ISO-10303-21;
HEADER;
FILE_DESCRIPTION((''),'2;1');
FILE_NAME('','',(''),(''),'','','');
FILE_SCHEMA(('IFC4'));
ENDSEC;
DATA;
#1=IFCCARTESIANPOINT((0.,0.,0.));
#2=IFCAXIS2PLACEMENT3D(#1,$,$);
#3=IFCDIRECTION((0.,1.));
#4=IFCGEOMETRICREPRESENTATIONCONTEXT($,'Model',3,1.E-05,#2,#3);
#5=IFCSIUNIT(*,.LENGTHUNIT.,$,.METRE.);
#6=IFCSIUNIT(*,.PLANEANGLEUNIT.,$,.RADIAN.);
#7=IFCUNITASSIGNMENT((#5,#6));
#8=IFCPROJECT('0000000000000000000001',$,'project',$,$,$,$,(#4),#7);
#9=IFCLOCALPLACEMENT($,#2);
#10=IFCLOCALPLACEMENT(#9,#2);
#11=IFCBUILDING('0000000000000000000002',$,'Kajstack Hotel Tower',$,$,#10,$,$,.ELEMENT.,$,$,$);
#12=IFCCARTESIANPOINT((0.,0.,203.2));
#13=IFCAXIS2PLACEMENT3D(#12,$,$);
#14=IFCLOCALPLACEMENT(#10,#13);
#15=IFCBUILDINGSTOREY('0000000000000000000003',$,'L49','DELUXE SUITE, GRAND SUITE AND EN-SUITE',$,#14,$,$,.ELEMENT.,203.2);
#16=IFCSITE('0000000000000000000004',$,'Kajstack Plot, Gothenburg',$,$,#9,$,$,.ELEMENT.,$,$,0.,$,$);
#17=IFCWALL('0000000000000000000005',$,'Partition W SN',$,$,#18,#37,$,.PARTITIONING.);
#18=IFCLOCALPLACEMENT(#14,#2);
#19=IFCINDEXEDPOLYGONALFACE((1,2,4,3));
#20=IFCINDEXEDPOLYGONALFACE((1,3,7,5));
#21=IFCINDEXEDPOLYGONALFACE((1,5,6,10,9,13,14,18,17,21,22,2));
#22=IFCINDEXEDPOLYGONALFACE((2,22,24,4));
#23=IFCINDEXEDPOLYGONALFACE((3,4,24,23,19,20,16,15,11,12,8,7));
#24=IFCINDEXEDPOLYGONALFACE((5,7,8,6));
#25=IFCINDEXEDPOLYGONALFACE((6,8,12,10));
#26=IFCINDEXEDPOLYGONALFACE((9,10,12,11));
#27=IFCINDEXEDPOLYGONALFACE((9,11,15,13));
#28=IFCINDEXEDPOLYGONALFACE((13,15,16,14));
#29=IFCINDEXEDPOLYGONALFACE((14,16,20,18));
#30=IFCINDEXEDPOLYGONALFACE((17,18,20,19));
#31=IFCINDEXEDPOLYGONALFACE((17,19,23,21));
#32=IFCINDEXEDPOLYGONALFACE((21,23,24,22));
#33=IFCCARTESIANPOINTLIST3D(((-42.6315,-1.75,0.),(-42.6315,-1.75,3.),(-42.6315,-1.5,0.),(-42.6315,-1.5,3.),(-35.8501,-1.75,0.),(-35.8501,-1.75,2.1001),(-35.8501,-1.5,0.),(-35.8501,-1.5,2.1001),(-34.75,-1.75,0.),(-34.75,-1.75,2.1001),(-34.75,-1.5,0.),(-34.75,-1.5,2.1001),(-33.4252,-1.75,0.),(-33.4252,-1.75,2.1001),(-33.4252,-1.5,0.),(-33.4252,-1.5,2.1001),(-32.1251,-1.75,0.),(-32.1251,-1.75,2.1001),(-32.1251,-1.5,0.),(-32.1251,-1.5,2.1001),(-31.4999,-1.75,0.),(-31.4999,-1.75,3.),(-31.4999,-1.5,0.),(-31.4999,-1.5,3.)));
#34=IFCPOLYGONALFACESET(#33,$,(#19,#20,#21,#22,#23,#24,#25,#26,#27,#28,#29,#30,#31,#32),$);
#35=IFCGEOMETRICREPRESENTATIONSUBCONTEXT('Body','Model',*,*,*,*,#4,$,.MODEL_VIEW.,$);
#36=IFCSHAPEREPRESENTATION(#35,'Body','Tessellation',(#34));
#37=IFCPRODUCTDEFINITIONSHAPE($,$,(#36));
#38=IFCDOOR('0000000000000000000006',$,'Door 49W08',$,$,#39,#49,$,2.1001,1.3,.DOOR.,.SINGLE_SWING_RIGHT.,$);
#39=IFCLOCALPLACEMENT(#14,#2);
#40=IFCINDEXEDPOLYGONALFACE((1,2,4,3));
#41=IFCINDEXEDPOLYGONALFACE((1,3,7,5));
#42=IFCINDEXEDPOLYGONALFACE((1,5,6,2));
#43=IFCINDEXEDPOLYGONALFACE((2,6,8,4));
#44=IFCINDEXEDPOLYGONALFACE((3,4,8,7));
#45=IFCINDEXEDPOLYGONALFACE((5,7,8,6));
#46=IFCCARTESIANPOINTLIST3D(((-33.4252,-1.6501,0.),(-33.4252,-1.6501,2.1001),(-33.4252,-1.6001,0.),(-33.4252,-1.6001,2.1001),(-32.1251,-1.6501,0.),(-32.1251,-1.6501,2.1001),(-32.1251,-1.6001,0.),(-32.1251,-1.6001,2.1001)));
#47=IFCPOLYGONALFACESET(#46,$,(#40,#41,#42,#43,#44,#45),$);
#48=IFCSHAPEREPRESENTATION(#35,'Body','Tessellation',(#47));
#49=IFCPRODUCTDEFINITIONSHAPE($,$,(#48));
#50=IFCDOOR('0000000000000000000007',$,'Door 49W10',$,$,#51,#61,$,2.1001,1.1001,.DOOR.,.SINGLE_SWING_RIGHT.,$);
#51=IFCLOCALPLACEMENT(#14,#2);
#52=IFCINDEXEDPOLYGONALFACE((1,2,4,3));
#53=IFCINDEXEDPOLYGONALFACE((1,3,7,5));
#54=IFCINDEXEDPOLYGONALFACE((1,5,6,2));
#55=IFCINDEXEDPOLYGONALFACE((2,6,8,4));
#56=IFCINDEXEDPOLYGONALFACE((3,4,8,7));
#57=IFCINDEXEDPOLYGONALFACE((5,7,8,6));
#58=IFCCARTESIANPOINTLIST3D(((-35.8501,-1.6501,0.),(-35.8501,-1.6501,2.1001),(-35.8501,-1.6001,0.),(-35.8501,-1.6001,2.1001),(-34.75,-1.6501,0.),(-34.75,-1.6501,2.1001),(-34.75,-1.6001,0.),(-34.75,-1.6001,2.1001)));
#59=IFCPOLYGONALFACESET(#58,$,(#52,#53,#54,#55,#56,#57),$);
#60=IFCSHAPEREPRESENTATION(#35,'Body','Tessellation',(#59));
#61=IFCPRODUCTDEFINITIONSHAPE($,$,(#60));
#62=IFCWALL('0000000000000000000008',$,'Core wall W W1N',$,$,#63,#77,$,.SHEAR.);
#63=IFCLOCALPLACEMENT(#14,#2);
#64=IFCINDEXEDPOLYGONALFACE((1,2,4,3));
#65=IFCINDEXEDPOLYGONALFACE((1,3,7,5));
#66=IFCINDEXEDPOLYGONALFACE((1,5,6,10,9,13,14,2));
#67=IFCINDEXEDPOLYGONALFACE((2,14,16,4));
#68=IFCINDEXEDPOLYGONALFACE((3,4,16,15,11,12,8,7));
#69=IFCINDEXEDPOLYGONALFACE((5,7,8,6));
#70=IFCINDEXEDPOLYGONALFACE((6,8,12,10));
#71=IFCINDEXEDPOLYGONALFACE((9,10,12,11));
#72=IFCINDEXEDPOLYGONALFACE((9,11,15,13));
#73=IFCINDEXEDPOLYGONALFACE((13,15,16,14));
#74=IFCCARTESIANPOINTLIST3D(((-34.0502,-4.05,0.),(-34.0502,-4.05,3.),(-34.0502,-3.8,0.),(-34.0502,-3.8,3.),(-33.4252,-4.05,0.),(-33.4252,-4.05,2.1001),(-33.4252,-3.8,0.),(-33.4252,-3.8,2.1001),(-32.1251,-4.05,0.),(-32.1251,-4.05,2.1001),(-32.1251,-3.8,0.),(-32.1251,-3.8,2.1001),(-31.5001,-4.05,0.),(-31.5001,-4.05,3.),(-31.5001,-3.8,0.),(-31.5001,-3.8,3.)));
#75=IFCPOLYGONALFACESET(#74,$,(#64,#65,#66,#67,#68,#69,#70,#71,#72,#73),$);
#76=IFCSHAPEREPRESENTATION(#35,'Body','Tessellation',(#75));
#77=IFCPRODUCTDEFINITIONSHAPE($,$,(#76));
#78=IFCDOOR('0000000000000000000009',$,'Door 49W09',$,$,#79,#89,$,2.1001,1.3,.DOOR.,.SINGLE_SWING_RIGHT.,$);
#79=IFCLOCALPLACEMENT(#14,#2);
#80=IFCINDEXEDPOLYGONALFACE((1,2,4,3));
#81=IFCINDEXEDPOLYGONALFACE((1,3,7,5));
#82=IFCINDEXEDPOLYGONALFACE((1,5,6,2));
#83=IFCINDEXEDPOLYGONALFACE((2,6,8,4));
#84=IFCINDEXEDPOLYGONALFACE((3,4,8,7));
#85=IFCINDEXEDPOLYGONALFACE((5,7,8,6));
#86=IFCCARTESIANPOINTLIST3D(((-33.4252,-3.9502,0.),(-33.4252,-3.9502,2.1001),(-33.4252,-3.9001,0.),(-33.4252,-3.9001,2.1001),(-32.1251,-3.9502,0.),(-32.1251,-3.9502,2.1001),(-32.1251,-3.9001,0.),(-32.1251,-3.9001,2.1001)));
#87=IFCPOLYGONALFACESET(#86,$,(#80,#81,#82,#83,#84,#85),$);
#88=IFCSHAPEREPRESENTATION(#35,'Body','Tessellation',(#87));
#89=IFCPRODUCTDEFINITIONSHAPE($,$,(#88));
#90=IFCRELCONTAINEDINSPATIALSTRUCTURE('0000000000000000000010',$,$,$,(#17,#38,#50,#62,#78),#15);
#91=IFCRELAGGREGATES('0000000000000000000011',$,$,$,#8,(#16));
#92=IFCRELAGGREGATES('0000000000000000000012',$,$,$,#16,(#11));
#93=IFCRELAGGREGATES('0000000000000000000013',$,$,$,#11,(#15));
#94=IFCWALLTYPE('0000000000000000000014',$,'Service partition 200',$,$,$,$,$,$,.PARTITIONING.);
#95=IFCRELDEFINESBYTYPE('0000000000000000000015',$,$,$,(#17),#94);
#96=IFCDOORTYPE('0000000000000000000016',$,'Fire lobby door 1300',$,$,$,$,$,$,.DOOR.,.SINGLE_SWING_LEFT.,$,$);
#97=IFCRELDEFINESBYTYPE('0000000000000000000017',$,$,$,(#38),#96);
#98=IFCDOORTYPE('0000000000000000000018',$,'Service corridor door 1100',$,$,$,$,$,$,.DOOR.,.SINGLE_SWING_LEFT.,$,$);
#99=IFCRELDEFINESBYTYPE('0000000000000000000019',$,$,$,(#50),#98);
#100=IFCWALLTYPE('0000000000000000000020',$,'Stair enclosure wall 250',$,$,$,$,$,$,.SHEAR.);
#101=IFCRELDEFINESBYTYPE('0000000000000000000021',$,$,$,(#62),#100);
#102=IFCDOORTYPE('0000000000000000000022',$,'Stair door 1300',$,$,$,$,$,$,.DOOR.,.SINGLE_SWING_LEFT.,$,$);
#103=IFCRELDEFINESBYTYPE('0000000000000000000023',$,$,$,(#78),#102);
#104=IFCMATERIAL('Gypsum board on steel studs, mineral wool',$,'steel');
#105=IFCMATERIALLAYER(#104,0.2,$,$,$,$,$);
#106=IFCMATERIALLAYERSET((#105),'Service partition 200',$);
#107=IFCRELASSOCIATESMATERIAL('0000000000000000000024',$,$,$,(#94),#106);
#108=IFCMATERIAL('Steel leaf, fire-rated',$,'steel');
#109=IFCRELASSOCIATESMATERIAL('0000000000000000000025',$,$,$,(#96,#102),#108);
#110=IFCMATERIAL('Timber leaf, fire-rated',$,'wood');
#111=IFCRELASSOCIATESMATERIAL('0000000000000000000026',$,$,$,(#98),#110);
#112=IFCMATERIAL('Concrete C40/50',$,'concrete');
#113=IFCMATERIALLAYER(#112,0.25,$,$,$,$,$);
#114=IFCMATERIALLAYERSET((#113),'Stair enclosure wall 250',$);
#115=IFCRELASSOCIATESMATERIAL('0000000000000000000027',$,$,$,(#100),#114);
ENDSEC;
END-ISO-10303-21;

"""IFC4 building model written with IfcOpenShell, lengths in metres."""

from ifc_helpers import new_model, si_unit, direction, frame, frame_2d, origin, place, context, subcontext, project, spatial, rectangle, extrude, material, layer, layer_set, type_object, element, fill, save


model = new_model("IFC4")

# Units and contexts
model_context = context("Model", 3, precision=1e-05, world=origin(), true_north=direction((0.0, 1.0)))
body_context = subcontext(model_context, "Body", "Model", "MODEL_VIEW")
ifc_project = project(units=[si_unit("LENGTHUNIT", "METRE"), si_unit("PLANEANGLEUNIT", "RADIAN")], contexts=[model_context])

# Site, building, storey
site_placement = place(None, origin())
site = spatial("IfcSite", under=ifc_project, at=site_placement, Name="Kajstack Plot, Gothenburg", CompositionType="ELEMENT", RefElevation=0.0)
building_placement = place(site_placement, origin())
building = spatial("IfcBuilding", under=site, at=building_placement, Name="Kajstack Hotel Tower", CompositionType="ELEMENT")
storey_placement = place(building_placement, frame((0.0, 0.0, 203.2)))
storey = spatial("IfcBuildingStorey", under=building, at=storey_placement, Name="L49", Description="DELUXE SUITE, GRAND SUITE AND EN-SUITE", CompositionType="ELEMENT", Elevation=203.2)

# Shared definitions
ifc_material_1 = material(Name="Gypsum board on steel studs, mineral wool", Category="steel")

# Wall, openings, doors
ifc_layer_1 = layer(ifc_material_1, 0.2)
ifc_layer_set_1 = layer_set([ifc_layer_1], Name="Service partition 200")
wall_type_1 = type_object("IfcWallType", Name="Service partition 200", PredefinedType="PARTITIONING", material=ifc_layer_set_1)
wall_1_placement = place(storey_placement, frame((-42.6316, -1.625, 0.0), z_axis=(0.0, 0.0, 1.0), x_axis=(1.0, 0.0, 0.0)))
wall_1 = element("IfcWall", 1, at=wall_1_placement, inside=storey, type_object=wall_type_1, Name="Partition W SN", PredefinedType="PARTITIONING", context=body_context, shape_type="SweptSolid", body=[
    extrude(rectangle(XDim=11.1316, YDim=0.25, at=frame_2d((5.5659, 0.0))), origin(), (0.0, 0.0, 1.0), 3.0),
])
opening_1_placement = place(wall_1_placement, frame((9.2065, 0.0, 0.0)))
opening_1 = element("IfcOpeningElement", 2, at=opening_1_placement, cuts=wall_1, PredefinedType="OPENING", context=body_context, shape_type="SweptSolid", body=[
    extrude(rectangle(XDim=1.3, YDim=2.1001, at=frame_2d((0.6499, 1.05))), frame((0.0, 0.135, 0.0), z_axis=(0.0, -1.0, 0.0), x_axis=(1.0, 0.0, 0.0)), (0.0, 0.0, 1.0), 0.27),
])
opening_2_placement = place(wall_1_placement, frame((6.7815, 0.0, 0.0)))
opening_2 = element("IfcOpeningElement", 3, at=opening_2_placement, cuts=wall_1, PredefinedType="OPENING", context=body_context, shape_type="SweptSolid", body=[
    extrude(rectangle(XDim=1.1001, YDim=2.1001, at=frame_2d((0.55, 1.05))), frame((0.0, 0.135, 0.0), z_axis=(0.0, -1.0, 0.0), x_axis=(1.0, 0.0, 0.0)), (0.0, 0.0, 1.0), 0.27),
])
ifc_material_2 = material(Name="Steel leaf, fire-rated", Category="steel")
door_type_1 = type_object("IfcDoorType", Name="Fire lobby door 1300", OperationType="SINGLE_SWING_LEFT", PredefinedType="DOOR", material=ifc_material_2)
door_1_placement = place(opening_1_placement, origin())
door_1 = element("IfcDoor", 4, at=door_1_placement, inside=storey, type_object=door_type_1, Name="Door 49W08", OperationType="SINGLE_SWING_RIGHT", OverallHeight=2.1001, OverallWidth=1.3, PredefinedType="DOOR", context=body_context, shape_type="SweptSolid", body=[
    extrude(rectangle(XDim=1.3, YDim=2.1001, at=frame_2d((0.6499, 1.05))), frame((0.0, 0.0249, 0.0), z_axis=(0.0, -1.0, 0.0), x_axis=(1.0, 0.0, 0.0)), (0.0, 0.0, 1.0), 0.05),
])
fill(opening_1, door_1)
ifc_material_3 = material(Name="Timber leaf, fire-rated", Category="wood")
door_type_2 = type_object("IfcDoorType", Name="Service corridor door 1100", OperationType="SINGLE_SWING_LEFT", PredefinedType="DOOR", material=ifc_material_3)
door_2_placement = place(opening_2_placement, origin())
door_2 = element("IfcDoor", 5, at=door_2_placement, inside=storey, type_object=door_type_2, Name="Door 49W10", OperationType="SINGLE_SWING_RIGHT", OverallHeight=2.1001, OverallWidth=1.1001, PredefinedType="DOOR", context=body_context, shape_type="SweptSolid", body=[
    extrude(rectangle(XDim=1.1001, YDim=2.1001, at=frame_2d((0.55, 1.05))), frame((0.0, 0.0249, 0.0), z_axis=(0.0, -1.0, 0.0), x_axis=(1.0, 0.0, 0.0)), (0.0, 0.0, 1.0), 0.05),
])
fill(opening_2, door_2)

# Wall, opening, door
ifc_material_4 = material(Name="Concrete C40/50", Category="concrete")
ifc_layer_2 = layer(ifc_material_4, 0.25)
ifc_layer_set_2 = layer_set([ifc_layer_2], Name="Stair enclosure wall 250")
wall_type_2 = type_object("IfcWallType", Name="Stair enclosure wall 250", PredefinedType="SHEAR", material=ifc_layer_set_2)
wall_2_placement = place(storey_placement, frame((-34.05, -3.925, 0.0), z_axis=(0.0, 0.0, 1.0), x_axis=(1.0, 0.0, 0.0)))
wall_2 = element("IfcWall", 6, at=wall_2_placement, inside=storey, type_object=wall_type_2, Name="Core wall W W1N", PredefinedType="SHEAR", context=body_context, shape_type="SweptSolid", body=[
    extrude(rectangle(XDim=2.55, YDim=0.25, at=frame_2d((1.2749, 0.0))), origin(), (0.0, 0.0, 1.0), 3.0),
])
opening_3_placement = place(wall_2_placement, frame((0.625, 0.0, 0.0)))
opening_3 = element("IfcOpeningElement", 7, at=opening_3_placement, cuts=wall_2, PredefinedType="OPENING", context=body_context, shape_type="SweptSolid", body=[
    extrude(rectangle(XDim=1.3, YDim=2.1001, at=frame_2d((0.6499, 1.05))), frame((0.0, 0.135, 0.0), z_axis=(0.0, -1.0, 0.0), x_axis=(1.0, 0.0, 0.0)), (0.0, 0.0, 1.0), 0.27),
])
door_type_3 = type_object("IfcDoorType", Name="Stair door 1300", OperationType="SINGLE_SWING_LEFT", PredefinedType="DOOR", material=ifc_material_2)
door_3_placement = place(opening_3_placement, origin())
door_3 = element("IfcDoor", 8, at=door_3_placement, inside=storey, type_object=door_type_3, Name="Door 49W09", OperationType="SINGLE_SWING_RIGHT", OverallHeight=2.1001, OverallWidth=1.3, PredefinedType="DOOR", context=body_context, shape_type="SweptSolid", body=[
    extrude(rectangle(XDim=1.3, YDim=2.1001, at=frame_2d((0.6499, 1.05))), frame((0.0, 0.0249, 0.0), z_axis=(0.0, -1.0, 0.0), x_axis=(1.0, 0.0, 0.0)), (0.0, 0.0, 1.0), 0.05),
])
fill(opening_3, door_3)

save(model, "model.ifc")
